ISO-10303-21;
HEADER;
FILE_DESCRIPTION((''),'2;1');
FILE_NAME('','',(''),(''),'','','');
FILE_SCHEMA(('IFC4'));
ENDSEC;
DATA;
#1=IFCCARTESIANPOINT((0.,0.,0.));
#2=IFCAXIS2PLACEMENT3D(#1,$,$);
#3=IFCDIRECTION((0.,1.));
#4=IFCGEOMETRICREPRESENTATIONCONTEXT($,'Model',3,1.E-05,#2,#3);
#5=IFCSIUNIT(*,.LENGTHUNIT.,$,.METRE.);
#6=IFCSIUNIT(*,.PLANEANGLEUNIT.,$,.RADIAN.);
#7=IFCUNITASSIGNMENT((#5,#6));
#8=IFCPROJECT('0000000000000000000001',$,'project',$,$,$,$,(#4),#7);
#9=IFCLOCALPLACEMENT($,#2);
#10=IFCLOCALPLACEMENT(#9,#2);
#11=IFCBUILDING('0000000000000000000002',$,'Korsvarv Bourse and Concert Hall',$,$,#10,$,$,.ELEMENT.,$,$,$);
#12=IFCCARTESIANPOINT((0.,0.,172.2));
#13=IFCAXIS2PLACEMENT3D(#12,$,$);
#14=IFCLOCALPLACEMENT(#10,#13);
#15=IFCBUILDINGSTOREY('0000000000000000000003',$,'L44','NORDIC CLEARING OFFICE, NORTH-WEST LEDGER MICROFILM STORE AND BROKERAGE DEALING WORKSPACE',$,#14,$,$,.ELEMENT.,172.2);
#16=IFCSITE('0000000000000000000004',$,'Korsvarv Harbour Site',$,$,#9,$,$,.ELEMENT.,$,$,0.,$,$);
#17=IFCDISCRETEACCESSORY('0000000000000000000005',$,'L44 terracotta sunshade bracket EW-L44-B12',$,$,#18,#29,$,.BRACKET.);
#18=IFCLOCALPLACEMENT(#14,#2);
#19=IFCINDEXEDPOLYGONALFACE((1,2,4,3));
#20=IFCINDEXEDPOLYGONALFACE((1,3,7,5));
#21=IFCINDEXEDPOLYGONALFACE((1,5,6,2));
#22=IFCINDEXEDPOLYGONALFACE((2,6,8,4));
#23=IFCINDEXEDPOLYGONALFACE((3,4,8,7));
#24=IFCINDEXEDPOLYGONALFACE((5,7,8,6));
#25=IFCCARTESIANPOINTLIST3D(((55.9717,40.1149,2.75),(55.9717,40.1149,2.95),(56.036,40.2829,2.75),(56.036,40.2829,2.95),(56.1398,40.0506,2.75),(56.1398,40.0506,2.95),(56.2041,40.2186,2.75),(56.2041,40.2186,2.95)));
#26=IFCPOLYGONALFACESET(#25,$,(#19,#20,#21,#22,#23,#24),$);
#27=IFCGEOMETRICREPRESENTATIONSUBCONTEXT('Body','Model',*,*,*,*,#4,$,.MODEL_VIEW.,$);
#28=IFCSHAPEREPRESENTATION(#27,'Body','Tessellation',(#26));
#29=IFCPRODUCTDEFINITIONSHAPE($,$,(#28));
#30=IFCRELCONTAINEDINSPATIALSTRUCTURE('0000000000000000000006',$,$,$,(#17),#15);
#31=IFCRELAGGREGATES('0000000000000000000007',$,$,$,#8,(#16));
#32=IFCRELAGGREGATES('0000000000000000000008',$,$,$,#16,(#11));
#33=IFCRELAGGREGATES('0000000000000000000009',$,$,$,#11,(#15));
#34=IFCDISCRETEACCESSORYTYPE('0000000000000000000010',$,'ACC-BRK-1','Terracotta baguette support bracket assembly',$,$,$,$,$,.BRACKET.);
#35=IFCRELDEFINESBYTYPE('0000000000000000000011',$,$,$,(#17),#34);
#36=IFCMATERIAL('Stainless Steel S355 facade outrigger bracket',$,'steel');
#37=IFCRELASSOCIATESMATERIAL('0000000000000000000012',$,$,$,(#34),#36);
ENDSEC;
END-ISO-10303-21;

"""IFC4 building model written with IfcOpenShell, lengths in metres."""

from ifc_helpers import new_model, si_unit, direction, frame, origin, origin_2d, place, context, subcontext, project, spatial, rectangle, extrude, source, transform, mapped, material, type_object, element, save


model = new_model("IFC4")

# Units and contexts
model_context = context("Model", 3, precision=1e-05, world=origin(), true_north=direction((0.0, 1.0)))
body_context = subcontext(model_context, "Body", "Model", "MODEL_VIEW")
ifc_project = project(units=[si_unit("LENGTHUNIT", "METRE"), si_unit("PLANEANGLEUNIT", "RADIAN")], contexts=[model_context])

# Site, building, storey
site_placement = place(None, origin())
site = spatial("IfcSite", under=ifc_project, at=site_placement, Name="Korsvarv Harbour Site", CompositionType="ELEMENT", RefElevation=0.0)
building_placement = place(site_placement, origin())
building = spatial("IfcBuilding", under=site, at=building_placement, Name="Korsvarv Bourse and Concert Hall", CompositionType="ELEMENT")
storey_placement = place(building_placement, frame((0.0, 0.0, 172.2)))
storey = spatial("IfcBuildingStorey", under=building, at=storey_placement, Name="L44", Description="NORDIC CLEARING OFFICE, NORTH-WEST LEDGER MICROFILM STORE AND BROKERAGE DEALING WORKSPACE", CompositionType="ELEMENT", Elevation=172.2)

# Discrete accessory
ifc_material_1 = material(Name="Stainless Steel S355 facade outrigger bracket", Category="steel")
discrete_accessory_type = type_object("IfcDiscreteAccessoryType", Name="ACC-BRK-1", Description="Terracotta baguette support bracket assembly", PredefinedType="BRACKET", material=ifc_material_1)
shared_shape_1 = source(origin(), body_context, "Body", "SweptSolid", [
    extrude(rectangle(XDim=0.1799, YDim=0.1799, at=origin_2d()), origin(), (0.0, 0.0, 1.0), 0.2),
])
for number, where, z_axis, x_axis, name in (
    (1, (56.0879, 40.1667, 2.75), (0.0, 0.0, 1.0), (0.35739, 0.933955, 0.0), "L44 terracotta sunshade bracket EW-L44-B12"),
):
    element("IfcDiscreteAccessory", number, at=place(storey_placement, frame(where, z_axis=z_axis, x_axis=x_axis)), inside=storey, type_object=discrete_accessory_type, Name=name, PredefinedType="BRACKET", context=body_context, shape_type="MappedRepresentation", body=[
        mapped(shared_shape_1, transform((0.0, 0.0, 0.0), scale=1.0)),
    ])

save(model, "model.ifc")
